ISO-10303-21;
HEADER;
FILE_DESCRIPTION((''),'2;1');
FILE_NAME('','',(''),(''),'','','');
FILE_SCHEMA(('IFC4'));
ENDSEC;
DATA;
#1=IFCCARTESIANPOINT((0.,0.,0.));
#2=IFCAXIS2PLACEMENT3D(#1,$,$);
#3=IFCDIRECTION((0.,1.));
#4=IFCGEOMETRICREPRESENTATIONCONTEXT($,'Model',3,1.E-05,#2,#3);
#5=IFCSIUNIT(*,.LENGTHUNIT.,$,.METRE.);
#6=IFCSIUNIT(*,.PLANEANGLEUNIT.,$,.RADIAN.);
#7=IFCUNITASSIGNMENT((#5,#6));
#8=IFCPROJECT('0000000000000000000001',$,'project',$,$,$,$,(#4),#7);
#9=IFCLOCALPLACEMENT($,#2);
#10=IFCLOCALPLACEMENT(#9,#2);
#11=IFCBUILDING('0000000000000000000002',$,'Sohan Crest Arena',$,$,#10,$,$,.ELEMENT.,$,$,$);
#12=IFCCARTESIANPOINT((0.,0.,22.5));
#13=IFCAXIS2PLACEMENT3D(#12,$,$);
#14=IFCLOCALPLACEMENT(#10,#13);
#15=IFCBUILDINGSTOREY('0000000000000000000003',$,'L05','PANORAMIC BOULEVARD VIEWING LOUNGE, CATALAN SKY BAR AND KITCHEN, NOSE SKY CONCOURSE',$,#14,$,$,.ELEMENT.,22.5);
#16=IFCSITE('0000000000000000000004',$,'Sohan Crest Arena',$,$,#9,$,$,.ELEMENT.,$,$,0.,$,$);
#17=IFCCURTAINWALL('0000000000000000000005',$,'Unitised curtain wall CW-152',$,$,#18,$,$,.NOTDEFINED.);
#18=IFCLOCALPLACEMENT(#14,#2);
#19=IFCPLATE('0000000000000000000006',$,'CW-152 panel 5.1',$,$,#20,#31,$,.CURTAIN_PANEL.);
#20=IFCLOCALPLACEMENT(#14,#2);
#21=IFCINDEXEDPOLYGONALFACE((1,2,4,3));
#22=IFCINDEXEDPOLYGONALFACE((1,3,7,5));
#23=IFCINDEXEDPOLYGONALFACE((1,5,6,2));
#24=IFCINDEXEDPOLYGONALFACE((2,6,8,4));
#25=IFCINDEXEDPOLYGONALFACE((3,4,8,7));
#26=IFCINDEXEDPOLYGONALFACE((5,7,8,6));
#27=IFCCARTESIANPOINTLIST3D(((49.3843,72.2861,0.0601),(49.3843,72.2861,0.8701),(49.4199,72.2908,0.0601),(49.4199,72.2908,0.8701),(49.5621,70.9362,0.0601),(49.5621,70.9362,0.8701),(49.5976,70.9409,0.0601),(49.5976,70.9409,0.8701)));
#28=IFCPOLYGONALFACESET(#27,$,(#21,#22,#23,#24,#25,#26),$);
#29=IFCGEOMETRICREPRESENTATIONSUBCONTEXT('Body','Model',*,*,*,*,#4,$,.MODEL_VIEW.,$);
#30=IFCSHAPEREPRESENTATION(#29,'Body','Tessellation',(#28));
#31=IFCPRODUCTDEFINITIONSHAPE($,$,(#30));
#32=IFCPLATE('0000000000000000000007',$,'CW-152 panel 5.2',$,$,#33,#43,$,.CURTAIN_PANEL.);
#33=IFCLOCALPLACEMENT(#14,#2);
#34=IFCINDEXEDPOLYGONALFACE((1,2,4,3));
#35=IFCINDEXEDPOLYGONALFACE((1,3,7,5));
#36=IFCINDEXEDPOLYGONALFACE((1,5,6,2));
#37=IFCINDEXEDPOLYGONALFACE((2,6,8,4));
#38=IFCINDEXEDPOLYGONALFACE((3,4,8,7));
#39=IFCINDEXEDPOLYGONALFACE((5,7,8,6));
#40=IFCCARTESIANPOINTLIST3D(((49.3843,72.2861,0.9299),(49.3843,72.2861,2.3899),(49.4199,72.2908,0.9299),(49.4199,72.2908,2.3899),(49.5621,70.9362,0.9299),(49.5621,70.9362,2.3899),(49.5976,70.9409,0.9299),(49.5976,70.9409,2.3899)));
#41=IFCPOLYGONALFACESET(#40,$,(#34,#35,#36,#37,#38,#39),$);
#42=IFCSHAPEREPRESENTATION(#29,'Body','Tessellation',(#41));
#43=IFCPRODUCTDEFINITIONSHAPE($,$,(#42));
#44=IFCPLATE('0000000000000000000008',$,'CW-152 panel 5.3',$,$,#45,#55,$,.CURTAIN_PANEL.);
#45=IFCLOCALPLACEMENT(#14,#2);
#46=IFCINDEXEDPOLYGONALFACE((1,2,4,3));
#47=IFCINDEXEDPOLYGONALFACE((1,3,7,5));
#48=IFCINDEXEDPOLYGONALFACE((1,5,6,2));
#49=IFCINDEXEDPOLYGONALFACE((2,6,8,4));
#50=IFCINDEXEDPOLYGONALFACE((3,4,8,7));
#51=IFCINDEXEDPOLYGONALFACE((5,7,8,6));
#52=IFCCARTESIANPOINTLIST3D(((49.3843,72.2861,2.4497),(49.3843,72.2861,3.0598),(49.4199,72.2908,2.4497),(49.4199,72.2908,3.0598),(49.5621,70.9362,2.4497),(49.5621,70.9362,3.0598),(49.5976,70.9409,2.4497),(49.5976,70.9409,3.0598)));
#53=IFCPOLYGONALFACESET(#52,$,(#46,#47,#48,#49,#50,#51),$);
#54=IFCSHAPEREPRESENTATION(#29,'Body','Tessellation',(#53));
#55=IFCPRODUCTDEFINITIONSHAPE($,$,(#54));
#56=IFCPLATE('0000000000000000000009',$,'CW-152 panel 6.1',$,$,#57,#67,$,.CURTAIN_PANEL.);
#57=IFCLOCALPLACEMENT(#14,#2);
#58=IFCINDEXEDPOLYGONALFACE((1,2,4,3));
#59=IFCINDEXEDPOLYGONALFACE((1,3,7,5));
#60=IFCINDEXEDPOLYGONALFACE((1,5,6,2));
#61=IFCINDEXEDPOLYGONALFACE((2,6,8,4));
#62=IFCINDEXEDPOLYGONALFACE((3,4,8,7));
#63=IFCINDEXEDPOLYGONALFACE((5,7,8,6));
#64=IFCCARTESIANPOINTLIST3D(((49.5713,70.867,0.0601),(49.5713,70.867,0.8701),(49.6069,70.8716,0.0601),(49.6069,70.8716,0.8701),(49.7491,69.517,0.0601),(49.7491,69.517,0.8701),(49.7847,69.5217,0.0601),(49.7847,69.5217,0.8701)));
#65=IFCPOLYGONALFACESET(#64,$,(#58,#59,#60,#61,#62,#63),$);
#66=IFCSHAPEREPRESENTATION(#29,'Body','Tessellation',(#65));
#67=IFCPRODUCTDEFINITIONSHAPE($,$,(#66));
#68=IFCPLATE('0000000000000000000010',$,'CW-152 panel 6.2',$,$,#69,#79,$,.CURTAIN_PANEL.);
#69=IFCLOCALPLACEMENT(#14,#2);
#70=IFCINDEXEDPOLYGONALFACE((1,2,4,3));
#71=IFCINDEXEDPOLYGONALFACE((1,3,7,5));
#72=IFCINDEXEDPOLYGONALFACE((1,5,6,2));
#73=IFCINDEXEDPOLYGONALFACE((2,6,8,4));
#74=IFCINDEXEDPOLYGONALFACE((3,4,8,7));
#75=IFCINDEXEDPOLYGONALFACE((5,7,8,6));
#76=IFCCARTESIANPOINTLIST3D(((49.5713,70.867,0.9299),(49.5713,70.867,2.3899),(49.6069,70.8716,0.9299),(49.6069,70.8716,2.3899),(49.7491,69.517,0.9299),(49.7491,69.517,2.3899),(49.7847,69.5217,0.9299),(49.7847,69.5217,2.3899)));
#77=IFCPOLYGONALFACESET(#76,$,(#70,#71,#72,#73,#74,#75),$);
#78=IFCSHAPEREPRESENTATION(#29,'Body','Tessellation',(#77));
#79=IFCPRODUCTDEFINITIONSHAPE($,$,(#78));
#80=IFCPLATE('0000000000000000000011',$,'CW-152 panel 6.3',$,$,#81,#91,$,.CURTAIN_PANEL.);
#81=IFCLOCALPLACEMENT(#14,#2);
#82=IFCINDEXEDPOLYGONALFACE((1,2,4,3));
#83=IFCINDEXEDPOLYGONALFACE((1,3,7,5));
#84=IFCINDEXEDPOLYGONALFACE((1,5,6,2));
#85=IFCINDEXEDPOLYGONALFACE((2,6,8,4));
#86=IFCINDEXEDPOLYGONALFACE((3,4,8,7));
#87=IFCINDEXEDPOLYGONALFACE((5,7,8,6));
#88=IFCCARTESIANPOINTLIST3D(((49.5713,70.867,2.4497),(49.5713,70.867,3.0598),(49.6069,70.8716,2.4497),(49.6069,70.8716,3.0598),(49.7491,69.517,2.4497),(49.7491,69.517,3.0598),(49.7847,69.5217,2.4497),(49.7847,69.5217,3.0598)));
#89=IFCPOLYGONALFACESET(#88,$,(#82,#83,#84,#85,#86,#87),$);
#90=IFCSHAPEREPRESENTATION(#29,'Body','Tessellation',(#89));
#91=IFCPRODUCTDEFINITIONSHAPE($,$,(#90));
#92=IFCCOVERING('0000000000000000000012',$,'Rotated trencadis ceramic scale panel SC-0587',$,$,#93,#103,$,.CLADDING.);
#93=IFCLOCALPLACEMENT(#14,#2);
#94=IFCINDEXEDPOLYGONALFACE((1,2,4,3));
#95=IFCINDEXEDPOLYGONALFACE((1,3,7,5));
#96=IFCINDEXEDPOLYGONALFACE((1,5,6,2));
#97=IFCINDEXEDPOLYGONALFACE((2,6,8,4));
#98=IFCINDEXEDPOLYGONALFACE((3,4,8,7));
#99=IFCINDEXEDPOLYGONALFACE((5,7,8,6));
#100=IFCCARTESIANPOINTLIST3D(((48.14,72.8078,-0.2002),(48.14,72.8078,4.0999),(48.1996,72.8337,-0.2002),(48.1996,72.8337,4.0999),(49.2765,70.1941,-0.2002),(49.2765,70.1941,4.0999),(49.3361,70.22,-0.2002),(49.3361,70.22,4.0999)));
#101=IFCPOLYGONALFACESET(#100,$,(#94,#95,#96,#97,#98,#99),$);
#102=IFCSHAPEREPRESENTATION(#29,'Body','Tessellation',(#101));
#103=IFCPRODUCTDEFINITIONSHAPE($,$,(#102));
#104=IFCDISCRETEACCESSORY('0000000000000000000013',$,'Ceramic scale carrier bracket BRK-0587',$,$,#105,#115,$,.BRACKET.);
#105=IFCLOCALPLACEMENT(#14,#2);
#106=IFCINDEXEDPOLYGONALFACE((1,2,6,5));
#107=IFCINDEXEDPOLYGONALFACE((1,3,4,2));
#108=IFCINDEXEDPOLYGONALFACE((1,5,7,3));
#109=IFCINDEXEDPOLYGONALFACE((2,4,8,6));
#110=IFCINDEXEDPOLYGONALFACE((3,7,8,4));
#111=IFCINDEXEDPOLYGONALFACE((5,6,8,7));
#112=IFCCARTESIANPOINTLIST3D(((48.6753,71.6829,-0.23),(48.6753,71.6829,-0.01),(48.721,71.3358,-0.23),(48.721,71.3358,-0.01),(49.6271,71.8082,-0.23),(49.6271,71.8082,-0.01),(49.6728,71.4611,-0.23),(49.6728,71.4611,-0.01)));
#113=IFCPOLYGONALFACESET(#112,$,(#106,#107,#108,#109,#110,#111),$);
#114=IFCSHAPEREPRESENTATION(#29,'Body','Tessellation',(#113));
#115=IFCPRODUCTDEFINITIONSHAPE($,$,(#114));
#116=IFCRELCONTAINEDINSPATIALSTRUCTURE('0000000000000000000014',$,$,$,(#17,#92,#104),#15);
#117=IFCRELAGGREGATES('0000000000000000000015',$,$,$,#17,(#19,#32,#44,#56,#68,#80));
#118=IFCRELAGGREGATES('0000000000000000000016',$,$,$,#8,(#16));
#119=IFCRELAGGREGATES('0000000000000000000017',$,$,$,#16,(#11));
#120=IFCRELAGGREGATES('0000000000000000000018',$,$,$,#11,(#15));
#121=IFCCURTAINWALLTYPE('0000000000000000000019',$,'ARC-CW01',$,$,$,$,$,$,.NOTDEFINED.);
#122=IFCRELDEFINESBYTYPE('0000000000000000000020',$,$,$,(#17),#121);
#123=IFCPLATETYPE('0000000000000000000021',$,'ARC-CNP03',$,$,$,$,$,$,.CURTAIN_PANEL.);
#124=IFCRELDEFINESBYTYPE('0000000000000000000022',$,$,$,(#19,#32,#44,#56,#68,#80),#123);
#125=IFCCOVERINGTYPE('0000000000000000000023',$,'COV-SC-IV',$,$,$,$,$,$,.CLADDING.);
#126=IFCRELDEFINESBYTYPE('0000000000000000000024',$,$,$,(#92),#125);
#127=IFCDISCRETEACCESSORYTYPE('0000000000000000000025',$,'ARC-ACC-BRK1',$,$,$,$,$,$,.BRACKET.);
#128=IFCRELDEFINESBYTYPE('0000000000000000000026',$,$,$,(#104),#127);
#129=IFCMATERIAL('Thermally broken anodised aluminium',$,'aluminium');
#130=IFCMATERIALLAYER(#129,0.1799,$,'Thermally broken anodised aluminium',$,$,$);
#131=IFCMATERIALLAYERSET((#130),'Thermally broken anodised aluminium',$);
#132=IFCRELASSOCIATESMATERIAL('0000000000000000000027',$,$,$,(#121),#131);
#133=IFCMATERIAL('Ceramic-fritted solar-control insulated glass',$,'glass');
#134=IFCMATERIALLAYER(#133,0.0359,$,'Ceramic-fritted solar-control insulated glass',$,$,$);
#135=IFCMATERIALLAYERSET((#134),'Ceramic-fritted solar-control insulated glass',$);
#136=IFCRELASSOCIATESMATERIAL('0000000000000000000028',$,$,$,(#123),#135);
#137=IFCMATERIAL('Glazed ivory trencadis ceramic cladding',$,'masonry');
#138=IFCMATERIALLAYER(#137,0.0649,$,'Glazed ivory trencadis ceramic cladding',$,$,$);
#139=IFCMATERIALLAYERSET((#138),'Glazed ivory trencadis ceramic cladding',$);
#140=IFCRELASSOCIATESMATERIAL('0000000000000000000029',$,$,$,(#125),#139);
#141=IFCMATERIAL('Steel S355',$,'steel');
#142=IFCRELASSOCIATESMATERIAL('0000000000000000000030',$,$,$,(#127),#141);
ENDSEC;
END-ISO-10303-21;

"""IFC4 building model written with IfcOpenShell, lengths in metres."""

from ifc_helpers import new_model, si_unit, direction, frame, origin, origin_2d, place, context, subcontext, project, spatial, rectangle, extrude, material, layer, layer_set, type_object, element, aggregate, save


model = new_model("IFC4")

# Units and contexts
model_context = context("Model", 3, precision=1e-05, world=origin(), true_north=direction((0.0, 1.0)))
body_context = subcontext(model_context, "Body", "Model", "MODEL_VIEW")
ifc_project = project(units=[si_unit("LENGTHUNIT", "METRE"), si_unit("PLANEANGLEUNIT", "RADIAN")], contexts=[model_context])

# Site, building, storey
site_placement = place(None, origin())
site = spatial("IfcSite", under=ifc_project, at=site_placement, Name="Sohan Crest Arena", CompositionType="ELEMENT", RefElevation=0.0)
building_placement = place(site_placement, origin())
building = spatial("IfcBuilding", under=site, at=building_placement, Name="Sohan Crest Arena", CompositionType="ELEMENT")
storey_placement = place(building_placement, frame((0.0, 0.0, 22.5)))
storey = spatial("IfcBuildingStorey", under=building, at=storey_placement, Name="L05", Description="PANORAMIC BOULEVARD VIEWING LOUNGE, CATALAN SKY BAR AND KITCHEN, NOSE SKY CONCOURSE", CompositionType="ELEMENT", Elevation=22.5)

# Curtain wall, plates
ifc_material_1 = material(Name="Thermally broken anodised aluminium", Category="aluminium")
ifc_layer_1 = layer(ifc_material_1, 0.1799, Name="Thermally broken anodised aluminium")
ifc_layer_set_1 = layer_set([ifc_layer_1], Name="Thermally broken anodised aluminium")
curtain_wall_type = type_object("IfcCurtainWallType", Name="ARC-CW01", PredefinedType="NOTDEFINED", material=ifc_layer_set_1)
curtain_wall_placement = place(storey_placement, origin())
curtain_wall = element("IfcCurtainWall", 1, at=curtain_wall_placement, inside=storey, type_object=curtain_wall_type, Name="Unitised curtain wall CW-152", PredefinedType="NOTDEFINED")
ifc_material_2 = material(Name="Ceramic-fritted solar-control insulated glass", Category="glass")
ifc_layer_2 = layer(ifc_material_2, 0.0359, Name="Ceramic-fritted solar-control insulated glass")
ifc_layer_set_2 = layer_set([ifc_layer_2], Name="Ceramic-fritted solar-control insulated glass")
plate_type = type_object("IfcPlateType", Name="ARC-CNP03", PredefinedType="CURTAIN_PANEL", material=ifc_layer_set_2)
plate_1_placement = place(storey_placement, frame((49.491, 71.6135, 0.0601), z_axis=(0.0, 0.0, 1.0), x_axis=(0.130557, -0.991441, 0.0)))
plate_1 = element("IfcPlate", 2, at=plate_1_placement, type_object=plate_type, Name="CW-152 panel 5.1", PredefinedType="CURTAIN_PANEL", context=body_context, shape_type="SweptSolid", body=[
    extrude(rectangle(XDim=1.3616, YDim=0.0359, at=origin_2d()), origin(), (0.0, 0.0, 1.0), 0.8101),
])
plate_2_placement = place(storey_placement, frame((49.491, 71.6135, 0.9299), z_axis=(0.0, 0.0, 1.0), x_axis=(0.130557, -0.991441, 0.0)))
plate_2 = element("IfcPlate", 3, at=plate_2_placement, type_object=plate_type, Name="CW-152 panel 5.2", PredefinedType="CURTAIN_PANEL", context=body_context, shape_type="SweptSolid", body=[
    extrude(rectangle(XDim=1.3616, YDim=0.0359, at=origin_2d()), origin(), (0.0, 0.0, 1.0), 1.46),
])
plate_3_placement = place(storey_placement, frame((49.491, 71.6135, 2.4497), z_axis=(0.0, 0.0, 1.0), x_axis=(0.130557, -0.991441, 0.0)))
plate_3 = element("IfcPlate", 4, at=plate_3_placement, type_object=plate_type, Name="CW-152 panel 5.3", PredefinedType="CURTAIN_PANEL", context=body_context, shape_type="SweptSolid", body=[
    extrude(rectangle(XDim=1.3616, YDim=0.0359, at=origin_2d()), origin(), (0.0, 0.0, 1.0), 0.6101),
])
plate_4_placement = place(storey_placement, frame((49.678, 70.1943, 0.0601), z_axis=(0.0, 0.0, 1.0), x_axis=(0.130557, -0.991441, 0.0)))
plate_4 = element("IfcPlate", 5, at=plate_4_placement, type_object=plate_type, Name="CW-152 panel 6.1", PredefinedType="CURTAIN_PANEL", context=body_context, shape_type="SweptSolid", body=[
    extrude(rectangle(XDim=1.3616, YDim=0.0359, at=origin_2d()), origin(), (0.0, 0.0, 1.0), 0.8101),
])
plate_5_placement = place(storey_placement, frame((49.678, 70.1943, 0.9299), z_axis=(0.0, 0.0, 1.0), x_axis=(0.130557, -0.991441, 0.0)))
plate_5 = element("IfcPlate", 6, at=plate_5_placement, type_object=plate_type, Name="CW-152 panel 6.2", PredefinedType="CURTAIN_PANEL", context=body_context, shape_type="SweptSolid", body=[
    extrude(rectangle(XDim=1.3616, YDim=0.0359, at=origin_2d()), origin(), (0.0, 0.0, 1.0), 1.46),
])
plate_6_placement = place(storey_placement, frame((49.678, 70.1943, 2.4497), z_axis=(0.0, 0.0, 1.0), x_axis=(0.130557, -0.991441, 0.0)))
plate_6 = element("IfcPlate", 7, at=plate_6_placement, type_object=plate_type, Name="CW-152 panel 6.3", PredefinedType="CURTAIN_PANEL", context=body_context, shape_type="SweptSolid", body=[
    extrude(rectangle(XDim=1.3616, YDim=0.0359, at=origin_2d()), origin(), (0.0, 0.0, 1.0), 0.6101),
])
aggregate(curtain_wall, [plate_1, plate_2, plate_3, plate_4, plate_5, plate_6])

# Covering
ifc_material_3 = material(Name="Glazed ivory trencadis ceramic cladding", Category="masonry")
ifc_layer_3 = layer(ifc_material_3, 0.0649, Name="Glazed ivory trencadis ceramic cladding")
ifc_layer_set_3 = layer_set([ifc_layer_3], Name="Glazed ivory trencadis ceramic cladding")
covering_type = type_object("IfcCoveringType", Name="COV-SC-IV", PredefinedType="CLADDING", material=ifc_layer_set_3)
covering_placement = place(storey_placement, frame((48.738, 71.5139, -0.2002), z_axis=(0.0, 0.0, 1.0), x_axis=(0.398749, -0.91706, 0.0)))
element("IfcCovering", 8, at=covering_placement, inside=storey, type_object=covering_type, Name="Rotated trencadis ceramic scale panel SC-0587", PredefinedType="CLADDING", context=body_context, shape_type="SweptSolid", body=[
    extrude(rectangle(XDim=2.8501, YDim=0.0649, at=origin_2d()), origin(), (0.0, 0.0, 1.0), 4.3),
])

# Discrete accessory
ifc_material_4 = material(Name="Steel S355", Category="steel")
discrete_accessory_type = type_object("IfcDiscreteAccessoryType", Name="ARC-ACC-BRK1", PredefinedType="BRACKET", material=ifc_material_4)
discrete_accessory_placement = place(storey_placement, frame((49.1741, 71.572, -0.23), z_axis=(0.0, 0.0, 1.0), x_axis=(0.130526, -0.991445, 0.0)))
element("IfcDiscreteAccessory", 9, at=discrete_accessory_placement, inside=storey, type_object=discrete_accessory_type, Name="Ceramic scale carrier bracket BRK-0587", PredefinedType="BRACKET", context=body_context, shape_type="SweptSolid", body=[
    extrude(rectangle(XDim=0.3501, YDim=0.96, at=origin_2d()), origin(), (0.0, 0.0, 1.0), 0.22),
])

save(model, "model.ifc")
